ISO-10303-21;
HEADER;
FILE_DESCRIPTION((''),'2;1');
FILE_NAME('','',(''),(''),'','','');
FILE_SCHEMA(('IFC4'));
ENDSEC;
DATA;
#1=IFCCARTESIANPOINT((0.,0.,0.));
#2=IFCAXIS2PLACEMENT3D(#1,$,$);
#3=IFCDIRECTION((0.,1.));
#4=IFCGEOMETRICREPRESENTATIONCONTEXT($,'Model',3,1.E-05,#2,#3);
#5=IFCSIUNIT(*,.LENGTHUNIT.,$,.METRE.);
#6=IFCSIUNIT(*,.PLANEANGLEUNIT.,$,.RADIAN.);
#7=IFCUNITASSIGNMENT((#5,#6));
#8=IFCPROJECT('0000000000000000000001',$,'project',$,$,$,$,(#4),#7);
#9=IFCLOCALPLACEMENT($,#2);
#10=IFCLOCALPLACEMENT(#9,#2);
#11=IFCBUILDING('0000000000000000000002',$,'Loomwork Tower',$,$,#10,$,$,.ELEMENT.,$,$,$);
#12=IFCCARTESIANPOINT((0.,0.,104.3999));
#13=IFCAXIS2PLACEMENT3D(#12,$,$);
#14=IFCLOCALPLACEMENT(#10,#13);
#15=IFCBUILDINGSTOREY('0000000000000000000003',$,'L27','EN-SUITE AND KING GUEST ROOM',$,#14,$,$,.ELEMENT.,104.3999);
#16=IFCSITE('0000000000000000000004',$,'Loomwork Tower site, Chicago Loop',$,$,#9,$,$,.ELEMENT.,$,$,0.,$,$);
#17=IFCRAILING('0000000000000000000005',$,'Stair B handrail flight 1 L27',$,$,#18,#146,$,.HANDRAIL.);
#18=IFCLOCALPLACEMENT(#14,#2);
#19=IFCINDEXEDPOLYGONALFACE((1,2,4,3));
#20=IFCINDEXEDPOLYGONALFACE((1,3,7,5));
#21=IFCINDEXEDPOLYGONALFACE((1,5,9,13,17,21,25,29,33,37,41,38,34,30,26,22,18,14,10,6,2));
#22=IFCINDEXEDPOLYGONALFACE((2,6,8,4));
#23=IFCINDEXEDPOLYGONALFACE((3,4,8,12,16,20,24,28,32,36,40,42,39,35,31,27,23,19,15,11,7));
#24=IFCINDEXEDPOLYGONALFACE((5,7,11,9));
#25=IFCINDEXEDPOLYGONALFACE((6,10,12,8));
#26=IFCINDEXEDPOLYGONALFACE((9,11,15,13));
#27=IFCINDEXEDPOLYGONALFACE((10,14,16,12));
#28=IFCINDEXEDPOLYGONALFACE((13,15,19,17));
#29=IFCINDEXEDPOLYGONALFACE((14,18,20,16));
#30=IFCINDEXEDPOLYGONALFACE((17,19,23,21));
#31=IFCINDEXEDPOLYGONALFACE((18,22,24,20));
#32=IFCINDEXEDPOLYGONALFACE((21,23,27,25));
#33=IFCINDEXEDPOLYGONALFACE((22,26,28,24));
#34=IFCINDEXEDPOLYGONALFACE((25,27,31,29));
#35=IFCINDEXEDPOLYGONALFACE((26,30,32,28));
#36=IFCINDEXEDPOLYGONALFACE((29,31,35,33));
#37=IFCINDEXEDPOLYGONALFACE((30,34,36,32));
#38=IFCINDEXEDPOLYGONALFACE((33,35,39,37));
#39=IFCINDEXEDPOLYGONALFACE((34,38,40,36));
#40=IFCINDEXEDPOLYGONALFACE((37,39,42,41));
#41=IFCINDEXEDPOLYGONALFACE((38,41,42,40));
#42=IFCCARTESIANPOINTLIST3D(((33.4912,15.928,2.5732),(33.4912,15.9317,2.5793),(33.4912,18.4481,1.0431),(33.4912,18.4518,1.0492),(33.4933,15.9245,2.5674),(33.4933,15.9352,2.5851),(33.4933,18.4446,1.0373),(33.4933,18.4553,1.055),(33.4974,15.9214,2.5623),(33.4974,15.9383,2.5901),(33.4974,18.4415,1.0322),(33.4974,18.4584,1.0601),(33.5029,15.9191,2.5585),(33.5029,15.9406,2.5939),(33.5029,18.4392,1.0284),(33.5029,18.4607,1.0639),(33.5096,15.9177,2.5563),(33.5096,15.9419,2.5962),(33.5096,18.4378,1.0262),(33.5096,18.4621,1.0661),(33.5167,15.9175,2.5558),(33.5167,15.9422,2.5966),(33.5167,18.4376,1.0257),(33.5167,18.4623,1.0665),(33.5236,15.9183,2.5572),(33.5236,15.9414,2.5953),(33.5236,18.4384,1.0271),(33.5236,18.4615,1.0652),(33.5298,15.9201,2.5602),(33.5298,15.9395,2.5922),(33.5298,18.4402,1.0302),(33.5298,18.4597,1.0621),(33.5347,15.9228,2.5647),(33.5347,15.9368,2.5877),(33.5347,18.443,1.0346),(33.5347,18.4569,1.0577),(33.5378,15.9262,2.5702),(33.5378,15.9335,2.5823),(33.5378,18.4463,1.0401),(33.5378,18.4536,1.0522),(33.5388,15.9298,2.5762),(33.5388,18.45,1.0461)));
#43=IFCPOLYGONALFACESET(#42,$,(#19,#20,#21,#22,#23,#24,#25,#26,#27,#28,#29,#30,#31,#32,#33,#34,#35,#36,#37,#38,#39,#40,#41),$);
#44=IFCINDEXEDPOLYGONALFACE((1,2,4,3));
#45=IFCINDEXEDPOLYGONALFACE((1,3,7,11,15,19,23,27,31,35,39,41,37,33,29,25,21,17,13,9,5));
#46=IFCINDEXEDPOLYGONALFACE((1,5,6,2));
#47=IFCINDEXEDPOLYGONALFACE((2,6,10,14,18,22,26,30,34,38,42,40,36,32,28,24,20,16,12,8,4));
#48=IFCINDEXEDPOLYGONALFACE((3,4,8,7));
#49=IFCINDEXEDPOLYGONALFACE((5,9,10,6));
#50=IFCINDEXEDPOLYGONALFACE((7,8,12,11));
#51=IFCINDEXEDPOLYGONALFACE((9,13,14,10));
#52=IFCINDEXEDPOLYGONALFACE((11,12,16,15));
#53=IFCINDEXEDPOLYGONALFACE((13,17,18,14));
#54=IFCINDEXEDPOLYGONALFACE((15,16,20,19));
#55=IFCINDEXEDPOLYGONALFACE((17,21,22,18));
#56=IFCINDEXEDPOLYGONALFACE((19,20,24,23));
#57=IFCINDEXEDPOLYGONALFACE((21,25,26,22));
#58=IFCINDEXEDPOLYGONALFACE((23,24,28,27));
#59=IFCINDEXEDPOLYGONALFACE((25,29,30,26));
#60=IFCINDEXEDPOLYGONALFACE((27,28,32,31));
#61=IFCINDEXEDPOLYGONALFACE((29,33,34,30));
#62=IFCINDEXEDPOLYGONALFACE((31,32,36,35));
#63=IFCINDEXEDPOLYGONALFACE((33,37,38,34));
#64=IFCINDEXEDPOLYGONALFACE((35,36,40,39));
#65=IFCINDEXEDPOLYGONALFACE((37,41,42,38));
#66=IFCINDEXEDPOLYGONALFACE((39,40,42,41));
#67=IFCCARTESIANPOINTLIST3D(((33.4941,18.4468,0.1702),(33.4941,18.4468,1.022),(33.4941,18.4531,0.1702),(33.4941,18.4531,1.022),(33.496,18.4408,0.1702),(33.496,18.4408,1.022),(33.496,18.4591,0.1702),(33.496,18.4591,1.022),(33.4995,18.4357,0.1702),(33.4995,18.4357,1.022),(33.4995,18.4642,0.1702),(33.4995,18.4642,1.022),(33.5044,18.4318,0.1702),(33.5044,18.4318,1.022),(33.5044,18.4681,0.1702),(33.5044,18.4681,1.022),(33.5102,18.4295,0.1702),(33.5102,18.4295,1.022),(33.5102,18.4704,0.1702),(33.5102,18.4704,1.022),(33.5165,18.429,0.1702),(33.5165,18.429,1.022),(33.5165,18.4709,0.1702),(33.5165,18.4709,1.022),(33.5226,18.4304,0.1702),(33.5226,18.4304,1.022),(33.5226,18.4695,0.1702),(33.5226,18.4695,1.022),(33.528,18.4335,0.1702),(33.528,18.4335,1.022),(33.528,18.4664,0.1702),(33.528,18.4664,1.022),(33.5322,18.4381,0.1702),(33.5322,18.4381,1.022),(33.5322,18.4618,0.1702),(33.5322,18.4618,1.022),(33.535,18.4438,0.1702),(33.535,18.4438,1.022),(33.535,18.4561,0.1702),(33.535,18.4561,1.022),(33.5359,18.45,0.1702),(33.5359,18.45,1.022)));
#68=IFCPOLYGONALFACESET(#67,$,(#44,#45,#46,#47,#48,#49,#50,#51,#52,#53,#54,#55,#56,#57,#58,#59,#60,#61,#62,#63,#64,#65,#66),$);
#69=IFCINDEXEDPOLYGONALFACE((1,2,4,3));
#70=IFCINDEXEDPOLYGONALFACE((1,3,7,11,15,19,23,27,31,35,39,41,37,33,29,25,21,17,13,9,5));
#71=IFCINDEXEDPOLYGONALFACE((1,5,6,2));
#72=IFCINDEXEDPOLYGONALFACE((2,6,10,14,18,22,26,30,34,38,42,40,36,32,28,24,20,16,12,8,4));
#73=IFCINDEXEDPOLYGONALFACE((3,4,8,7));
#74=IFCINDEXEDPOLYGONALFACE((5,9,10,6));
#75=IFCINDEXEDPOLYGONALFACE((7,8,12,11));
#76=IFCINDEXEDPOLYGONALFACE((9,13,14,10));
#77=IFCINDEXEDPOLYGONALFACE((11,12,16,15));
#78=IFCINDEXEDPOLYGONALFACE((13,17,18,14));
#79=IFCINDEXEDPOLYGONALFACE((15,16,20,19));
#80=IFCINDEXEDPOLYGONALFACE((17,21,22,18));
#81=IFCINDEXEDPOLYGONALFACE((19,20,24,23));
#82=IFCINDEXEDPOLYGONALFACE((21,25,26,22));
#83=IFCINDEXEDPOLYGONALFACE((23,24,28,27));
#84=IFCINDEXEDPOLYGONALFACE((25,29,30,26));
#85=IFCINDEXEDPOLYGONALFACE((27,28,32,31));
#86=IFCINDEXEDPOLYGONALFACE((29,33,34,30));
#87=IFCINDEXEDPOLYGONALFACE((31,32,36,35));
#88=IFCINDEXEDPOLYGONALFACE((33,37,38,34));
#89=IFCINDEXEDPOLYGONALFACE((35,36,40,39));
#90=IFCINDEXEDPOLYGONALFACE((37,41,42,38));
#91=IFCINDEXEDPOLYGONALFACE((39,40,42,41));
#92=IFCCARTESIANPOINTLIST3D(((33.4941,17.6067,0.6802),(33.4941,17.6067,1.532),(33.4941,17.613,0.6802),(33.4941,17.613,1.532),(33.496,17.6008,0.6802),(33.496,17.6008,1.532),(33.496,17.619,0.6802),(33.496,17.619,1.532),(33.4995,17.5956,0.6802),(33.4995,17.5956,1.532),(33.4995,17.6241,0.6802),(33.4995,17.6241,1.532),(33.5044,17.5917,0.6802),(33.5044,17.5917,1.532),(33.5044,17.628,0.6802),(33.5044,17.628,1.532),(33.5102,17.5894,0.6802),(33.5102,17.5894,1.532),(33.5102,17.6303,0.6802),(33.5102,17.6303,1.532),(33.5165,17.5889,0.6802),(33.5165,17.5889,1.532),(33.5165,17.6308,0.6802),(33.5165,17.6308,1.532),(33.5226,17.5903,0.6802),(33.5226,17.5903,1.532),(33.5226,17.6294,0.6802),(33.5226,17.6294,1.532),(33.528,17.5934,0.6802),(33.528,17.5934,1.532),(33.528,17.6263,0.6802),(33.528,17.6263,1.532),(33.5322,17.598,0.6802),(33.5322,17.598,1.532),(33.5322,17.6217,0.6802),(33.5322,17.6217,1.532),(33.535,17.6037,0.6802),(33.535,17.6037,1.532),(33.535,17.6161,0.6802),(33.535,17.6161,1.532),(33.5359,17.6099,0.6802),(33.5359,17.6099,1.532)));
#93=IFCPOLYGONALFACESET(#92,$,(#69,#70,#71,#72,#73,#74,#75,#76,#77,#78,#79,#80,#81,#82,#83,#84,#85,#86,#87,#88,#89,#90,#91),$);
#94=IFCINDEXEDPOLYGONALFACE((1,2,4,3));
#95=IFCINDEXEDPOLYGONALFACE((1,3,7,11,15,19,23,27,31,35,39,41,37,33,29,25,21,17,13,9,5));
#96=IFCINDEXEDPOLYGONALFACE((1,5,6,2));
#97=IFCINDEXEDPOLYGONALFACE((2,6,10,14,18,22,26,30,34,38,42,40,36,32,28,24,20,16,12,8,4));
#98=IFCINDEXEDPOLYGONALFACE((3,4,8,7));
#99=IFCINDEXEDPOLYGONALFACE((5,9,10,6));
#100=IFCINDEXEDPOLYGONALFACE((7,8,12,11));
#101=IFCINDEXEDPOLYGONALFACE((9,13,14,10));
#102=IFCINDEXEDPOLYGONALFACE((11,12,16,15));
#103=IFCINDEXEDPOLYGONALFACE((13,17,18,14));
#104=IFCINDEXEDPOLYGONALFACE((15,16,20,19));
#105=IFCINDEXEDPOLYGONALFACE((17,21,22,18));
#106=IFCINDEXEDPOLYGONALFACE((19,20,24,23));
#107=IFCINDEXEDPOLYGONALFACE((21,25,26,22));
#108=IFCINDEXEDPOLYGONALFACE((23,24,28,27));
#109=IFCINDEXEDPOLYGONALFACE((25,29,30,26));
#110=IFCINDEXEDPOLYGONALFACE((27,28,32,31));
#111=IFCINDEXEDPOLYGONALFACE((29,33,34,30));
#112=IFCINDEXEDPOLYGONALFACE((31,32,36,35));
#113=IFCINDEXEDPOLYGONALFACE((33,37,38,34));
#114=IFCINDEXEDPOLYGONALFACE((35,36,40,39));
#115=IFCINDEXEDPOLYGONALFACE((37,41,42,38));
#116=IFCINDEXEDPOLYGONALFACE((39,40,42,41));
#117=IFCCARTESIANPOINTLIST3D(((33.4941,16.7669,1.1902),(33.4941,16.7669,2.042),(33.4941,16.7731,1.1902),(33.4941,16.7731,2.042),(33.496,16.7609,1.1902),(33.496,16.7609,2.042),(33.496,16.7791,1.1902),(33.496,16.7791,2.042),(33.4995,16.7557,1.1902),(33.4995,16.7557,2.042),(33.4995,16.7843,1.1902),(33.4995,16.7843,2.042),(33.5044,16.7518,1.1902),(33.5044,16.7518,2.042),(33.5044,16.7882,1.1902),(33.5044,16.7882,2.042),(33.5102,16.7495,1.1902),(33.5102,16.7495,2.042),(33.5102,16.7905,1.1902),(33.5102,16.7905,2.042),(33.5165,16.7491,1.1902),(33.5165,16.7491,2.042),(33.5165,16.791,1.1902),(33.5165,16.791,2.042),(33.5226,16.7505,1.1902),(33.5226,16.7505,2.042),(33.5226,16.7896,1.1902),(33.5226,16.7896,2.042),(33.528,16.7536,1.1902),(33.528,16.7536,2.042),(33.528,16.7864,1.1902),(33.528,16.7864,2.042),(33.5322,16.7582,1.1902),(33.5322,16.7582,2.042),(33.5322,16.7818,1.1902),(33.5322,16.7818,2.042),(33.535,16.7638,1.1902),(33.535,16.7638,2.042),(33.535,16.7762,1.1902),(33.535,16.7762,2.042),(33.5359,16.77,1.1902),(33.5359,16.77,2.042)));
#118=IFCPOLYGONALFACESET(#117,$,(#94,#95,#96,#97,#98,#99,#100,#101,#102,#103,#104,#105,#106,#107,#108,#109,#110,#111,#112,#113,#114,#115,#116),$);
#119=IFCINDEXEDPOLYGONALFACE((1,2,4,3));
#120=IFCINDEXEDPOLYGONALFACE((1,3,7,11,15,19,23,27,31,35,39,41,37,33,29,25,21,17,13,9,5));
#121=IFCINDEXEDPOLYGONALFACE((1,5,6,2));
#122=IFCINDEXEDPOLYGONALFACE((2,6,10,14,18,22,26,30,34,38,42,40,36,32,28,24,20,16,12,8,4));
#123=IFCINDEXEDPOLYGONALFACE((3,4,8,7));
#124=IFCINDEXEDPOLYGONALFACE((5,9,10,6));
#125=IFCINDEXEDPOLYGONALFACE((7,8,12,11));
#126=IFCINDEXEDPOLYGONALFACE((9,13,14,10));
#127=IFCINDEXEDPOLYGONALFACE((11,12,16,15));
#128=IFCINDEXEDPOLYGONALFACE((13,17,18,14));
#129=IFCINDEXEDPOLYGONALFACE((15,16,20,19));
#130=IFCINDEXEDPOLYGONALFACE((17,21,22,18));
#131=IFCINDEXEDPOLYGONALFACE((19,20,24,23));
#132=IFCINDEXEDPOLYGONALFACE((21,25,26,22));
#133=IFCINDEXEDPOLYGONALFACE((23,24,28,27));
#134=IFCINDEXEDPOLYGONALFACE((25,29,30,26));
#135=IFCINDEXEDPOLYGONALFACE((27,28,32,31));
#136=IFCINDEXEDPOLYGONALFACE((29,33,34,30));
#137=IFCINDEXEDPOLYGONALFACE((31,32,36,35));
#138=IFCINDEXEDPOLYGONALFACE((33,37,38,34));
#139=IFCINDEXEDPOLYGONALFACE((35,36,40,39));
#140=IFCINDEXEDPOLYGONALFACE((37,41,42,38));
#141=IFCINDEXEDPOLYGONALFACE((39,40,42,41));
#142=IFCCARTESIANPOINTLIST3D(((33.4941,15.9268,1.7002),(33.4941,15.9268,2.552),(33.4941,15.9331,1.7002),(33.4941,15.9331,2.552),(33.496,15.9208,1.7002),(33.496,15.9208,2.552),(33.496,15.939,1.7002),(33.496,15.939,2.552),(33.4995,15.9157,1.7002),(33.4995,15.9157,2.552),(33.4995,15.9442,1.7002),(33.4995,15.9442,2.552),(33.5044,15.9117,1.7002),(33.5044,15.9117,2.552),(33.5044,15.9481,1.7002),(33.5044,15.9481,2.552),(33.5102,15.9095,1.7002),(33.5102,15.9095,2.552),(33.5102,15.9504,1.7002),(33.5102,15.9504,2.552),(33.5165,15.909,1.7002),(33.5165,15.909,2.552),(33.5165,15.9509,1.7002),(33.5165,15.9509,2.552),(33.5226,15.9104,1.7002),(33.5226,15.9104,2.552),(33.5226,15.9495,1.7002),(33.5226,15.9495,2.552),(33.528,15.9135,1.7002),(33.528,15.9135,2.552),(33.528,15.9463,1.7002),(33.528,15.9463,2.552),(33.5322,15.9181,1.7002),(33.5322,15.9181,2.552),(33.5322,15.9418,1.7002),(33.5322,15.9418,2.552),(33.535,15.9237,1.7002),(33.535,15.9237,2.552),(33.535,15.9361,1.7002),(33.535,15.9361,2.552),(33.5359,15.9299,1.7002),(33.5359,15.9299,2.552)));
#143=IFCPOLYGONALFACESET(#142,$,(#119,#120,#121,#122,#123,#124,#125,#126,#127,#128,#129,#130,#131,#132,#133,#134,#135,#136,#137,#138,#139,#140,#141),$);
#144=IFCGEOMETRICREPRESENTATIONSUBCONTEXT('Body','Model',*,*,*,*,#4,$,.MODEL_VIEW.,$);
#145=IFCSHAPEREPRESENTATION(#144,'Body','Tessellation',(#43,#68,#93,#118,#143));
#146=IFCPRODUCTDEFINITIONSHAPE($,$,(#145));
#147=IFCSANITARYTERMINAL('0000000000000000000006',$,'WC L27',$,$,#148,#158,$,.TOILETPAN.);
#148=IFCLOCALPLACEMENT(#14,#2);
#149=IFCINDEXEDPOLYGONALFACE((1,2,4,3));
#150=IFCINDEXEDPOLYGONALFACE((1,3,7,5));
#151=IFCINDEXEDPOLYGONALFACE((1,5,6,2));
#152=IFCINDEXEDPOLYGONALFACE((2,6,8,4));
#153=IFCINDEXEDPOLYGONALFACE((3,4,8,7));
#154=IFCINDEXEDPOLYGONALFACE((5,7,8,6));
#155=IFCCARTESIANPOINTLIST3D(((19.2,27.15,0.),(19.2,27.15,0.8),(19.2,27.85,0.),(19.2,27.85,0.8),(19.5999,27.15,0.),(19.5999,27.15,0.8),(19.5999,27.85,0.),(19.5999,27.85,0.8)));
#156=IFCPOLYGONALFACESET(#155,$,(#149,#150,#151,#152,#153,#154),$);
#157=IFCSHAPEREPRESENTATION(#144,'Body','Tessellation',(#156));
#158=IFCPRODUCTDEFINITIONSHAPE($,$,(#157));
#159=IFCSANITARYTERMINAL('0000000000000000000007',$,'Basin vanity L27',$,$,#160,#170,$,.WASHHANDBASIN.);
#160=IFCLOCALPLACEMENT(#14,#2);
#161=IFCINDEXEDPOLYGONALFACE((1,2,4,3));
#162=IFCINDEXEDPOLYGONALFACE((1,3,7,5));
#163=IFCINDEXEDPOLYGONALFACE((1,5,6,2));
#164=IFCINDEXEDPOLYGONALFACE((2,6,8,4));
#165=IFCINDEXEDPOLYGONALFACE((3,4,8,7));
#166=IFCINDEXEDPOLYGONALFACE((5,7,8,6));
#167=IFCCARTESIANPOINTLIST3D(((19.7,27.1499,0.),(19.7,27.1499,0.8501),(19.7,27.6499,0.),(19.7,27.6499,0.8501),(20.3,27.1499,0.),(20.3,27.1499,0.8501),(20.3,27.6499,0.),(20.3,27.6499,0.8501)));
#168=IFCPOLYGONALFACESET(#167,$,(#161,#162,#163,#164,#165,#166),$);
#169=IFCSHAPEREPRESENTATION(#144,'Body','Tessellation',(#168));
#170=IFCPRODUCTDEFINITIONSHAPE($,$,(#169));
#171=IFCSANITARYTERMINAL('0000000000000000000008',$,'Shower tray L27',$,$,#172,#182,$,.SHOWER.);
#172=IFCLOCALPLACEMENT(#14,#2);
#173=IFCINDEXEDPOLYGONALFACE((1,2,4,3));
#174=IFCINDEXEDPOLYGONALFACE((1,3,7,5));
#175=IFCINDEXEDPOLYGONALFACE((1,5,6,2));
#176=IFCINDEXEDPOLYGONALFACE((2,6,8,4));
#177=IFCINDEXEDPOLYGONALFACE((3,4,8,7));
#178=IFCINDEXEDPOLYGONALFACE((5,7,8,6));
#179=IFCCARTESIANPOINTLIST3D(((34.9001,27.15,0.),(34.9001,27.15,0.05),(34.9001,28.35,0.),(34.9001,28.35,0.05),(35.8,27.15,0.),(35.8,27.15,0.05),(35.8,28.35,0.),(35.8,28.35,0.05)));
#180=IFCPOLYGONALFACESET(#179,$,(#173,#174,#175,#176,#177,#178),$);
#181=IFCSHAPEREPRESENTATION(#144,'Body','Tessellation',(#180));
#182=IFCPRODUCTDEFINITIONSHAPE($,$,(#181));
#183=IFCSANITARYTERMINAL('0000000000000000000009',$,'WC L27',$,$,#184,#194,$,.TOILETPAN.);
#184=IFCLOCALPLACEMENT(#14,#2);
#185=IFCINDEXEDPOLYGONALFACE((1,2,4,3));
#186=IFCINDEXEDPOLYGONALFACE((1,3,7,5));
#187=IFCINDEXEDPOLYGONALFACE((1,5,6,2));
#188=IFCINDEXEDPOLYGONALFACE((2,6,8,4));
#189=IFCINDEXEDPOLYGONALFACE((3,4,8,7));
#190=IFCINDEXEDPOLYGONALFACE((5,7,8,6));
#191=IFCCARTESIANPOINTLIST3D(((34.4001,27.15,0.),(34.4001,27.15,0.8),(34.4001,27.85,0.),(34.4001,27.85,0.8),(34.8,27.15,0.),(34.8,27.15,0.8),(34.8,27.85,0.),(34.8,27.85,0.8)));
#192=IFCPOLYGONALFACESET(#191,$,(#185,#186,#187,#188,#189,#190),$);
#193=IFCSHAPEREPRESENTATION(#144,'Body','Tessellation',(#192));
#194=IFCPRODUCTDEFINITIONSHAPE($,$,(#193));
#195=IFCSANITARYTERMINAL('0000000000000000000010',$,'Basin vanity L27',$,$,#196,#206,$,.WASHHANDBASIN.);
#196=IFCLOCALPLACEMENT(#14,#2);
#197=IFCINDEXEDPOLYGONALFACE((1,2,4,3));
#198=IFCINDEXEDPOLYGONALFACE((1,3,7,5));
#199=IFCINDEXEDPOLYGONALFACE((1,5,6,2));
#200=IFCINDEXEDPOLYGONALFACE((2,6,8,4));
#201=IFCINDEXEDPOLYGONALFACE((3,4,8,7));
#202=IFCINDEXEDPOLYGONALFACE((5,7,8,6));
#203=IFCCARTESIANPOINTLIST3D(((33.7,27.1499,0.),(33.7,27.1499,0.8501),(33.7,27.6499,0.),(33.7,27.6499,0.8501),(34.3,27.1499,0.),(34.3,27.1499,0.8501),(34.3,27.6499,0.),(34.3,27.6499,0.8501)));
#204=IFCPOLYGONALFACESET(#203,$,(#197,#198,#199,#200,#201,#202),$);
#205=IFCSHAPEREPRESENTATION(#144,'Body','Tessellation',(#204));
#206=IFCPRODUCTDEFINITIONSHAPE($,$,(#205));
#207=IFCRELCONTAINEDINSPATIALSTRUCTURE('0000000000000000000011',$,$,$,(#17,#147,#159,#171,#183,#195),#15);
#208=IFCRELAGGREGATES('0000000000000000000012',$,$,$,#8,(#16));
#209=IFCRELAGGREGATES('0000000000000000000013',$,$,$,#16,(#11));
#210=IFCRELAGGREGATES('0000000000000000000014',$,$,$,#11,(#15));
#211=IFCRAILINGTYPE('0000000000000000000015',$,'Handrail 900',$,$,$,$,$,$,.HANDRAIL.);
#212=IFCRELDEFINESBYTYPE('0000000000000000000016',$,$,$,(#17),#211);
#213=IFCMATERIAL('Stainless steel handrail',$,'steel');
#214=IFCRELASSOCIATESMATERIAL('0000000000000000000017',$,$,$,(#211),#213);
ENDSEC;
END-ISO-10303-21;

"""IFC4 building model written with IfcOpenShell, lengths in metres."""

from ifc_helpers import new_model, si_unit, direction, frame, origin, origin_2d, place, context, subcontext, project, spatial, rectangle, circle, extrude, material, type_object, element, save


model = new_model("IFC4")

# Units and contexts
model_context = context("Model", 3, precision=1e-05, world=origin(), true_north=direction((0.0, 1.0)))
body_context = subcontext(model_context, "Body", "Model", "MODEL_VIEW")
ifc_project = project(units=[si_unit("LENGTHUNIT", "METRE"), si_unit("PLANEANGLEUNIT", "RADIAN")], contexts=[model_context])

# Site, building, storey
site_placement = place(None, origin())
site = spatial("IfcSite", under=ifc_project, at=site_placement, Name="Loomwork Tower site, Chicago Loop", CompositionType="ELEMENT", RefElevation=0.0)
building_placement = place(site_placement, origin())
building = spatial("IfcBuilding", under=site, at=building_placement, Name="Loomwork Tower", CompositionType="ELEMENT")
storey_placement = place(building_placement, frame((0.0, 0.0, 104.3999)))
storey = spatial("IfcBuildingStorey", under=building, at=storey_placement, Name="L27", Description="EN-SUITE AND KING GUEST ROOM", CompositionType="ELEMENT", Elevation=104.3999)

# Railing
ifc_material_1 = material(Name="Stainless steel handrail", Category="steel")
railing_type = type_object("IfcRailingType", Name="Handrail 900", PredefinedType="HANDRAIL", material=ifc_material_1)
railing_placement = place(storey_placement, frame((33.5149, 18.45, 0.1702)))
element("IfcRailing", 1, at=railing_placement, inside=storey, type_object=railing_type, Name="Stair B handrail flight 1 L27", PredefinedType="HANDRAIL", context=body_context, shape_type="SweptSolid", body=[
    extrude(circle(Radius=0.0239, at=origin_2d()), frame((0.0, 0.0, 0.876), z_axis=(0.0, -0.854785, 0.518982), x_axis=(1.0, 0.0, 0.0)), (0.0, 0.0, 1.0), 2.9482),
    extrude(circle(Radius=0.021, at=origin_2d()), origin(), (0.0, 0.0, 1.0), 0.8518),
    extrude(circle(Radius=0.021, at=origin_2d()), frame((0.0, -0.8401, 0.51)), (0.0, 0.0, 1.0), 0.8518),
    extrude(circle(Radius=0.021, at=origin_2d()), frame((0.0, -1.6799, 1.02)), (0.0, 0.0, 1.0), 0.8518),
    extrude(circle(Radius=0.021, at=origin_2d()), frame((0.0, -2.52, 1.53)), (0.0, 0.0, 1.0), 0.8518),
])

# Sanitary terminals
sanitary_terminal_1_placement = place(storey_placement, frame((19.3999, 27.5, 0.0), z_axis=(0.0, 0.0, 1.0), x_axis=(1.0, 0.0, 0.0)))
element("IfcSanitaryTerminal", 2, at=sanitary_terminal_1_placement, inside=storey, Name="WC L27", PredefinedType="TOILETPAN", context=body_context, shape_type="SweptSolid", body=[
    extrude(rectangle(XDim=0.3999, YDim=0.7, at=origin_2d()), origin(), (0.0, 0.0, 1.0), 0.8),
])
sanitary_terminal_2_placement = place(storey_placement, frame((20.0, 27.3999, 0.0), z_axis=(0.0, 0.0, 1.0), x_axis=(1.0, 0.0, 0.0)))
element("IfcSanitaryTerminal", 3, at=sanitary_terminal_2_placement, inside=storey, Name="Basin vanity L27", PredefinedType="WASHHANDBASIN", context=body_context, shape_type="SweptSolid", body=[
    extrude(rectangle(XDim=0.6001, YDim=0.5, at=origin_2d()), origin(), (0.0, 0.0, 1.0), 0.8501),
])
sanitary_terminal_3_placement = place(storey_placement, frame((35.3501, 27.75, 0.0), z_axis=(0.0, 0.0, 1.0), x_axis=(1.0, 0.0, 0.0)))
element("IfcSanitaryTerminal", 4, at=sanitary_terminal_3_placement, inside=storey, Name="Shower tray L27", PredefinedType="SHOWER", context=body_context, shape_type="SweptSolid", body=[
    extrude(rectangle(XDim=0.8999, YDim=1.2, at=origin_2d()), origin(), (0.0, 0.0, 1.0), 0.05),
])
sanitary_terminal_4_placement = place(storey_placement, frame((34.6001, 27.5, 0.0), z_axis=(0.0, 0.0, 1.0), x_axis=(1.0, 0.0, 0.0)))
element("IfcSanitaryTerminal", 5, at=sanitary_terminal_4_placement, inside=storey, Name="WC L27", PredefinedType="TOILETPAN", context=body_context, shape_type="SweptSolid", body=[
    extrude(rectangle(XDim=0.3999, YDim=0.7, at=origin_2d()), origin(), (0.0, 0.0, 1.0), 0.8),
])
sanitary_terminal_5_placement = place(storey_placement, frame((34.0, 27.3999, 0.0), z_axis=(0.0, 0.0, 1.0), x_axis=(1.0, 0.0, 0.0)))
element("IfcSanitaryTerminal", 6, at=sanitary_terminal_5_placement, inside=storey, Name="Basin vanity L27", PredefinedType="WASHHANDBASIN", context=body_context, shape_type="SweptSolid", body=[
    extrude(rectangle(XDim=0.6001, YDim=0.5, at=origin_2d()), origin(), (0.0, 0.0, 1.0), 0.8501),
])

save(model, "model.ifc")
